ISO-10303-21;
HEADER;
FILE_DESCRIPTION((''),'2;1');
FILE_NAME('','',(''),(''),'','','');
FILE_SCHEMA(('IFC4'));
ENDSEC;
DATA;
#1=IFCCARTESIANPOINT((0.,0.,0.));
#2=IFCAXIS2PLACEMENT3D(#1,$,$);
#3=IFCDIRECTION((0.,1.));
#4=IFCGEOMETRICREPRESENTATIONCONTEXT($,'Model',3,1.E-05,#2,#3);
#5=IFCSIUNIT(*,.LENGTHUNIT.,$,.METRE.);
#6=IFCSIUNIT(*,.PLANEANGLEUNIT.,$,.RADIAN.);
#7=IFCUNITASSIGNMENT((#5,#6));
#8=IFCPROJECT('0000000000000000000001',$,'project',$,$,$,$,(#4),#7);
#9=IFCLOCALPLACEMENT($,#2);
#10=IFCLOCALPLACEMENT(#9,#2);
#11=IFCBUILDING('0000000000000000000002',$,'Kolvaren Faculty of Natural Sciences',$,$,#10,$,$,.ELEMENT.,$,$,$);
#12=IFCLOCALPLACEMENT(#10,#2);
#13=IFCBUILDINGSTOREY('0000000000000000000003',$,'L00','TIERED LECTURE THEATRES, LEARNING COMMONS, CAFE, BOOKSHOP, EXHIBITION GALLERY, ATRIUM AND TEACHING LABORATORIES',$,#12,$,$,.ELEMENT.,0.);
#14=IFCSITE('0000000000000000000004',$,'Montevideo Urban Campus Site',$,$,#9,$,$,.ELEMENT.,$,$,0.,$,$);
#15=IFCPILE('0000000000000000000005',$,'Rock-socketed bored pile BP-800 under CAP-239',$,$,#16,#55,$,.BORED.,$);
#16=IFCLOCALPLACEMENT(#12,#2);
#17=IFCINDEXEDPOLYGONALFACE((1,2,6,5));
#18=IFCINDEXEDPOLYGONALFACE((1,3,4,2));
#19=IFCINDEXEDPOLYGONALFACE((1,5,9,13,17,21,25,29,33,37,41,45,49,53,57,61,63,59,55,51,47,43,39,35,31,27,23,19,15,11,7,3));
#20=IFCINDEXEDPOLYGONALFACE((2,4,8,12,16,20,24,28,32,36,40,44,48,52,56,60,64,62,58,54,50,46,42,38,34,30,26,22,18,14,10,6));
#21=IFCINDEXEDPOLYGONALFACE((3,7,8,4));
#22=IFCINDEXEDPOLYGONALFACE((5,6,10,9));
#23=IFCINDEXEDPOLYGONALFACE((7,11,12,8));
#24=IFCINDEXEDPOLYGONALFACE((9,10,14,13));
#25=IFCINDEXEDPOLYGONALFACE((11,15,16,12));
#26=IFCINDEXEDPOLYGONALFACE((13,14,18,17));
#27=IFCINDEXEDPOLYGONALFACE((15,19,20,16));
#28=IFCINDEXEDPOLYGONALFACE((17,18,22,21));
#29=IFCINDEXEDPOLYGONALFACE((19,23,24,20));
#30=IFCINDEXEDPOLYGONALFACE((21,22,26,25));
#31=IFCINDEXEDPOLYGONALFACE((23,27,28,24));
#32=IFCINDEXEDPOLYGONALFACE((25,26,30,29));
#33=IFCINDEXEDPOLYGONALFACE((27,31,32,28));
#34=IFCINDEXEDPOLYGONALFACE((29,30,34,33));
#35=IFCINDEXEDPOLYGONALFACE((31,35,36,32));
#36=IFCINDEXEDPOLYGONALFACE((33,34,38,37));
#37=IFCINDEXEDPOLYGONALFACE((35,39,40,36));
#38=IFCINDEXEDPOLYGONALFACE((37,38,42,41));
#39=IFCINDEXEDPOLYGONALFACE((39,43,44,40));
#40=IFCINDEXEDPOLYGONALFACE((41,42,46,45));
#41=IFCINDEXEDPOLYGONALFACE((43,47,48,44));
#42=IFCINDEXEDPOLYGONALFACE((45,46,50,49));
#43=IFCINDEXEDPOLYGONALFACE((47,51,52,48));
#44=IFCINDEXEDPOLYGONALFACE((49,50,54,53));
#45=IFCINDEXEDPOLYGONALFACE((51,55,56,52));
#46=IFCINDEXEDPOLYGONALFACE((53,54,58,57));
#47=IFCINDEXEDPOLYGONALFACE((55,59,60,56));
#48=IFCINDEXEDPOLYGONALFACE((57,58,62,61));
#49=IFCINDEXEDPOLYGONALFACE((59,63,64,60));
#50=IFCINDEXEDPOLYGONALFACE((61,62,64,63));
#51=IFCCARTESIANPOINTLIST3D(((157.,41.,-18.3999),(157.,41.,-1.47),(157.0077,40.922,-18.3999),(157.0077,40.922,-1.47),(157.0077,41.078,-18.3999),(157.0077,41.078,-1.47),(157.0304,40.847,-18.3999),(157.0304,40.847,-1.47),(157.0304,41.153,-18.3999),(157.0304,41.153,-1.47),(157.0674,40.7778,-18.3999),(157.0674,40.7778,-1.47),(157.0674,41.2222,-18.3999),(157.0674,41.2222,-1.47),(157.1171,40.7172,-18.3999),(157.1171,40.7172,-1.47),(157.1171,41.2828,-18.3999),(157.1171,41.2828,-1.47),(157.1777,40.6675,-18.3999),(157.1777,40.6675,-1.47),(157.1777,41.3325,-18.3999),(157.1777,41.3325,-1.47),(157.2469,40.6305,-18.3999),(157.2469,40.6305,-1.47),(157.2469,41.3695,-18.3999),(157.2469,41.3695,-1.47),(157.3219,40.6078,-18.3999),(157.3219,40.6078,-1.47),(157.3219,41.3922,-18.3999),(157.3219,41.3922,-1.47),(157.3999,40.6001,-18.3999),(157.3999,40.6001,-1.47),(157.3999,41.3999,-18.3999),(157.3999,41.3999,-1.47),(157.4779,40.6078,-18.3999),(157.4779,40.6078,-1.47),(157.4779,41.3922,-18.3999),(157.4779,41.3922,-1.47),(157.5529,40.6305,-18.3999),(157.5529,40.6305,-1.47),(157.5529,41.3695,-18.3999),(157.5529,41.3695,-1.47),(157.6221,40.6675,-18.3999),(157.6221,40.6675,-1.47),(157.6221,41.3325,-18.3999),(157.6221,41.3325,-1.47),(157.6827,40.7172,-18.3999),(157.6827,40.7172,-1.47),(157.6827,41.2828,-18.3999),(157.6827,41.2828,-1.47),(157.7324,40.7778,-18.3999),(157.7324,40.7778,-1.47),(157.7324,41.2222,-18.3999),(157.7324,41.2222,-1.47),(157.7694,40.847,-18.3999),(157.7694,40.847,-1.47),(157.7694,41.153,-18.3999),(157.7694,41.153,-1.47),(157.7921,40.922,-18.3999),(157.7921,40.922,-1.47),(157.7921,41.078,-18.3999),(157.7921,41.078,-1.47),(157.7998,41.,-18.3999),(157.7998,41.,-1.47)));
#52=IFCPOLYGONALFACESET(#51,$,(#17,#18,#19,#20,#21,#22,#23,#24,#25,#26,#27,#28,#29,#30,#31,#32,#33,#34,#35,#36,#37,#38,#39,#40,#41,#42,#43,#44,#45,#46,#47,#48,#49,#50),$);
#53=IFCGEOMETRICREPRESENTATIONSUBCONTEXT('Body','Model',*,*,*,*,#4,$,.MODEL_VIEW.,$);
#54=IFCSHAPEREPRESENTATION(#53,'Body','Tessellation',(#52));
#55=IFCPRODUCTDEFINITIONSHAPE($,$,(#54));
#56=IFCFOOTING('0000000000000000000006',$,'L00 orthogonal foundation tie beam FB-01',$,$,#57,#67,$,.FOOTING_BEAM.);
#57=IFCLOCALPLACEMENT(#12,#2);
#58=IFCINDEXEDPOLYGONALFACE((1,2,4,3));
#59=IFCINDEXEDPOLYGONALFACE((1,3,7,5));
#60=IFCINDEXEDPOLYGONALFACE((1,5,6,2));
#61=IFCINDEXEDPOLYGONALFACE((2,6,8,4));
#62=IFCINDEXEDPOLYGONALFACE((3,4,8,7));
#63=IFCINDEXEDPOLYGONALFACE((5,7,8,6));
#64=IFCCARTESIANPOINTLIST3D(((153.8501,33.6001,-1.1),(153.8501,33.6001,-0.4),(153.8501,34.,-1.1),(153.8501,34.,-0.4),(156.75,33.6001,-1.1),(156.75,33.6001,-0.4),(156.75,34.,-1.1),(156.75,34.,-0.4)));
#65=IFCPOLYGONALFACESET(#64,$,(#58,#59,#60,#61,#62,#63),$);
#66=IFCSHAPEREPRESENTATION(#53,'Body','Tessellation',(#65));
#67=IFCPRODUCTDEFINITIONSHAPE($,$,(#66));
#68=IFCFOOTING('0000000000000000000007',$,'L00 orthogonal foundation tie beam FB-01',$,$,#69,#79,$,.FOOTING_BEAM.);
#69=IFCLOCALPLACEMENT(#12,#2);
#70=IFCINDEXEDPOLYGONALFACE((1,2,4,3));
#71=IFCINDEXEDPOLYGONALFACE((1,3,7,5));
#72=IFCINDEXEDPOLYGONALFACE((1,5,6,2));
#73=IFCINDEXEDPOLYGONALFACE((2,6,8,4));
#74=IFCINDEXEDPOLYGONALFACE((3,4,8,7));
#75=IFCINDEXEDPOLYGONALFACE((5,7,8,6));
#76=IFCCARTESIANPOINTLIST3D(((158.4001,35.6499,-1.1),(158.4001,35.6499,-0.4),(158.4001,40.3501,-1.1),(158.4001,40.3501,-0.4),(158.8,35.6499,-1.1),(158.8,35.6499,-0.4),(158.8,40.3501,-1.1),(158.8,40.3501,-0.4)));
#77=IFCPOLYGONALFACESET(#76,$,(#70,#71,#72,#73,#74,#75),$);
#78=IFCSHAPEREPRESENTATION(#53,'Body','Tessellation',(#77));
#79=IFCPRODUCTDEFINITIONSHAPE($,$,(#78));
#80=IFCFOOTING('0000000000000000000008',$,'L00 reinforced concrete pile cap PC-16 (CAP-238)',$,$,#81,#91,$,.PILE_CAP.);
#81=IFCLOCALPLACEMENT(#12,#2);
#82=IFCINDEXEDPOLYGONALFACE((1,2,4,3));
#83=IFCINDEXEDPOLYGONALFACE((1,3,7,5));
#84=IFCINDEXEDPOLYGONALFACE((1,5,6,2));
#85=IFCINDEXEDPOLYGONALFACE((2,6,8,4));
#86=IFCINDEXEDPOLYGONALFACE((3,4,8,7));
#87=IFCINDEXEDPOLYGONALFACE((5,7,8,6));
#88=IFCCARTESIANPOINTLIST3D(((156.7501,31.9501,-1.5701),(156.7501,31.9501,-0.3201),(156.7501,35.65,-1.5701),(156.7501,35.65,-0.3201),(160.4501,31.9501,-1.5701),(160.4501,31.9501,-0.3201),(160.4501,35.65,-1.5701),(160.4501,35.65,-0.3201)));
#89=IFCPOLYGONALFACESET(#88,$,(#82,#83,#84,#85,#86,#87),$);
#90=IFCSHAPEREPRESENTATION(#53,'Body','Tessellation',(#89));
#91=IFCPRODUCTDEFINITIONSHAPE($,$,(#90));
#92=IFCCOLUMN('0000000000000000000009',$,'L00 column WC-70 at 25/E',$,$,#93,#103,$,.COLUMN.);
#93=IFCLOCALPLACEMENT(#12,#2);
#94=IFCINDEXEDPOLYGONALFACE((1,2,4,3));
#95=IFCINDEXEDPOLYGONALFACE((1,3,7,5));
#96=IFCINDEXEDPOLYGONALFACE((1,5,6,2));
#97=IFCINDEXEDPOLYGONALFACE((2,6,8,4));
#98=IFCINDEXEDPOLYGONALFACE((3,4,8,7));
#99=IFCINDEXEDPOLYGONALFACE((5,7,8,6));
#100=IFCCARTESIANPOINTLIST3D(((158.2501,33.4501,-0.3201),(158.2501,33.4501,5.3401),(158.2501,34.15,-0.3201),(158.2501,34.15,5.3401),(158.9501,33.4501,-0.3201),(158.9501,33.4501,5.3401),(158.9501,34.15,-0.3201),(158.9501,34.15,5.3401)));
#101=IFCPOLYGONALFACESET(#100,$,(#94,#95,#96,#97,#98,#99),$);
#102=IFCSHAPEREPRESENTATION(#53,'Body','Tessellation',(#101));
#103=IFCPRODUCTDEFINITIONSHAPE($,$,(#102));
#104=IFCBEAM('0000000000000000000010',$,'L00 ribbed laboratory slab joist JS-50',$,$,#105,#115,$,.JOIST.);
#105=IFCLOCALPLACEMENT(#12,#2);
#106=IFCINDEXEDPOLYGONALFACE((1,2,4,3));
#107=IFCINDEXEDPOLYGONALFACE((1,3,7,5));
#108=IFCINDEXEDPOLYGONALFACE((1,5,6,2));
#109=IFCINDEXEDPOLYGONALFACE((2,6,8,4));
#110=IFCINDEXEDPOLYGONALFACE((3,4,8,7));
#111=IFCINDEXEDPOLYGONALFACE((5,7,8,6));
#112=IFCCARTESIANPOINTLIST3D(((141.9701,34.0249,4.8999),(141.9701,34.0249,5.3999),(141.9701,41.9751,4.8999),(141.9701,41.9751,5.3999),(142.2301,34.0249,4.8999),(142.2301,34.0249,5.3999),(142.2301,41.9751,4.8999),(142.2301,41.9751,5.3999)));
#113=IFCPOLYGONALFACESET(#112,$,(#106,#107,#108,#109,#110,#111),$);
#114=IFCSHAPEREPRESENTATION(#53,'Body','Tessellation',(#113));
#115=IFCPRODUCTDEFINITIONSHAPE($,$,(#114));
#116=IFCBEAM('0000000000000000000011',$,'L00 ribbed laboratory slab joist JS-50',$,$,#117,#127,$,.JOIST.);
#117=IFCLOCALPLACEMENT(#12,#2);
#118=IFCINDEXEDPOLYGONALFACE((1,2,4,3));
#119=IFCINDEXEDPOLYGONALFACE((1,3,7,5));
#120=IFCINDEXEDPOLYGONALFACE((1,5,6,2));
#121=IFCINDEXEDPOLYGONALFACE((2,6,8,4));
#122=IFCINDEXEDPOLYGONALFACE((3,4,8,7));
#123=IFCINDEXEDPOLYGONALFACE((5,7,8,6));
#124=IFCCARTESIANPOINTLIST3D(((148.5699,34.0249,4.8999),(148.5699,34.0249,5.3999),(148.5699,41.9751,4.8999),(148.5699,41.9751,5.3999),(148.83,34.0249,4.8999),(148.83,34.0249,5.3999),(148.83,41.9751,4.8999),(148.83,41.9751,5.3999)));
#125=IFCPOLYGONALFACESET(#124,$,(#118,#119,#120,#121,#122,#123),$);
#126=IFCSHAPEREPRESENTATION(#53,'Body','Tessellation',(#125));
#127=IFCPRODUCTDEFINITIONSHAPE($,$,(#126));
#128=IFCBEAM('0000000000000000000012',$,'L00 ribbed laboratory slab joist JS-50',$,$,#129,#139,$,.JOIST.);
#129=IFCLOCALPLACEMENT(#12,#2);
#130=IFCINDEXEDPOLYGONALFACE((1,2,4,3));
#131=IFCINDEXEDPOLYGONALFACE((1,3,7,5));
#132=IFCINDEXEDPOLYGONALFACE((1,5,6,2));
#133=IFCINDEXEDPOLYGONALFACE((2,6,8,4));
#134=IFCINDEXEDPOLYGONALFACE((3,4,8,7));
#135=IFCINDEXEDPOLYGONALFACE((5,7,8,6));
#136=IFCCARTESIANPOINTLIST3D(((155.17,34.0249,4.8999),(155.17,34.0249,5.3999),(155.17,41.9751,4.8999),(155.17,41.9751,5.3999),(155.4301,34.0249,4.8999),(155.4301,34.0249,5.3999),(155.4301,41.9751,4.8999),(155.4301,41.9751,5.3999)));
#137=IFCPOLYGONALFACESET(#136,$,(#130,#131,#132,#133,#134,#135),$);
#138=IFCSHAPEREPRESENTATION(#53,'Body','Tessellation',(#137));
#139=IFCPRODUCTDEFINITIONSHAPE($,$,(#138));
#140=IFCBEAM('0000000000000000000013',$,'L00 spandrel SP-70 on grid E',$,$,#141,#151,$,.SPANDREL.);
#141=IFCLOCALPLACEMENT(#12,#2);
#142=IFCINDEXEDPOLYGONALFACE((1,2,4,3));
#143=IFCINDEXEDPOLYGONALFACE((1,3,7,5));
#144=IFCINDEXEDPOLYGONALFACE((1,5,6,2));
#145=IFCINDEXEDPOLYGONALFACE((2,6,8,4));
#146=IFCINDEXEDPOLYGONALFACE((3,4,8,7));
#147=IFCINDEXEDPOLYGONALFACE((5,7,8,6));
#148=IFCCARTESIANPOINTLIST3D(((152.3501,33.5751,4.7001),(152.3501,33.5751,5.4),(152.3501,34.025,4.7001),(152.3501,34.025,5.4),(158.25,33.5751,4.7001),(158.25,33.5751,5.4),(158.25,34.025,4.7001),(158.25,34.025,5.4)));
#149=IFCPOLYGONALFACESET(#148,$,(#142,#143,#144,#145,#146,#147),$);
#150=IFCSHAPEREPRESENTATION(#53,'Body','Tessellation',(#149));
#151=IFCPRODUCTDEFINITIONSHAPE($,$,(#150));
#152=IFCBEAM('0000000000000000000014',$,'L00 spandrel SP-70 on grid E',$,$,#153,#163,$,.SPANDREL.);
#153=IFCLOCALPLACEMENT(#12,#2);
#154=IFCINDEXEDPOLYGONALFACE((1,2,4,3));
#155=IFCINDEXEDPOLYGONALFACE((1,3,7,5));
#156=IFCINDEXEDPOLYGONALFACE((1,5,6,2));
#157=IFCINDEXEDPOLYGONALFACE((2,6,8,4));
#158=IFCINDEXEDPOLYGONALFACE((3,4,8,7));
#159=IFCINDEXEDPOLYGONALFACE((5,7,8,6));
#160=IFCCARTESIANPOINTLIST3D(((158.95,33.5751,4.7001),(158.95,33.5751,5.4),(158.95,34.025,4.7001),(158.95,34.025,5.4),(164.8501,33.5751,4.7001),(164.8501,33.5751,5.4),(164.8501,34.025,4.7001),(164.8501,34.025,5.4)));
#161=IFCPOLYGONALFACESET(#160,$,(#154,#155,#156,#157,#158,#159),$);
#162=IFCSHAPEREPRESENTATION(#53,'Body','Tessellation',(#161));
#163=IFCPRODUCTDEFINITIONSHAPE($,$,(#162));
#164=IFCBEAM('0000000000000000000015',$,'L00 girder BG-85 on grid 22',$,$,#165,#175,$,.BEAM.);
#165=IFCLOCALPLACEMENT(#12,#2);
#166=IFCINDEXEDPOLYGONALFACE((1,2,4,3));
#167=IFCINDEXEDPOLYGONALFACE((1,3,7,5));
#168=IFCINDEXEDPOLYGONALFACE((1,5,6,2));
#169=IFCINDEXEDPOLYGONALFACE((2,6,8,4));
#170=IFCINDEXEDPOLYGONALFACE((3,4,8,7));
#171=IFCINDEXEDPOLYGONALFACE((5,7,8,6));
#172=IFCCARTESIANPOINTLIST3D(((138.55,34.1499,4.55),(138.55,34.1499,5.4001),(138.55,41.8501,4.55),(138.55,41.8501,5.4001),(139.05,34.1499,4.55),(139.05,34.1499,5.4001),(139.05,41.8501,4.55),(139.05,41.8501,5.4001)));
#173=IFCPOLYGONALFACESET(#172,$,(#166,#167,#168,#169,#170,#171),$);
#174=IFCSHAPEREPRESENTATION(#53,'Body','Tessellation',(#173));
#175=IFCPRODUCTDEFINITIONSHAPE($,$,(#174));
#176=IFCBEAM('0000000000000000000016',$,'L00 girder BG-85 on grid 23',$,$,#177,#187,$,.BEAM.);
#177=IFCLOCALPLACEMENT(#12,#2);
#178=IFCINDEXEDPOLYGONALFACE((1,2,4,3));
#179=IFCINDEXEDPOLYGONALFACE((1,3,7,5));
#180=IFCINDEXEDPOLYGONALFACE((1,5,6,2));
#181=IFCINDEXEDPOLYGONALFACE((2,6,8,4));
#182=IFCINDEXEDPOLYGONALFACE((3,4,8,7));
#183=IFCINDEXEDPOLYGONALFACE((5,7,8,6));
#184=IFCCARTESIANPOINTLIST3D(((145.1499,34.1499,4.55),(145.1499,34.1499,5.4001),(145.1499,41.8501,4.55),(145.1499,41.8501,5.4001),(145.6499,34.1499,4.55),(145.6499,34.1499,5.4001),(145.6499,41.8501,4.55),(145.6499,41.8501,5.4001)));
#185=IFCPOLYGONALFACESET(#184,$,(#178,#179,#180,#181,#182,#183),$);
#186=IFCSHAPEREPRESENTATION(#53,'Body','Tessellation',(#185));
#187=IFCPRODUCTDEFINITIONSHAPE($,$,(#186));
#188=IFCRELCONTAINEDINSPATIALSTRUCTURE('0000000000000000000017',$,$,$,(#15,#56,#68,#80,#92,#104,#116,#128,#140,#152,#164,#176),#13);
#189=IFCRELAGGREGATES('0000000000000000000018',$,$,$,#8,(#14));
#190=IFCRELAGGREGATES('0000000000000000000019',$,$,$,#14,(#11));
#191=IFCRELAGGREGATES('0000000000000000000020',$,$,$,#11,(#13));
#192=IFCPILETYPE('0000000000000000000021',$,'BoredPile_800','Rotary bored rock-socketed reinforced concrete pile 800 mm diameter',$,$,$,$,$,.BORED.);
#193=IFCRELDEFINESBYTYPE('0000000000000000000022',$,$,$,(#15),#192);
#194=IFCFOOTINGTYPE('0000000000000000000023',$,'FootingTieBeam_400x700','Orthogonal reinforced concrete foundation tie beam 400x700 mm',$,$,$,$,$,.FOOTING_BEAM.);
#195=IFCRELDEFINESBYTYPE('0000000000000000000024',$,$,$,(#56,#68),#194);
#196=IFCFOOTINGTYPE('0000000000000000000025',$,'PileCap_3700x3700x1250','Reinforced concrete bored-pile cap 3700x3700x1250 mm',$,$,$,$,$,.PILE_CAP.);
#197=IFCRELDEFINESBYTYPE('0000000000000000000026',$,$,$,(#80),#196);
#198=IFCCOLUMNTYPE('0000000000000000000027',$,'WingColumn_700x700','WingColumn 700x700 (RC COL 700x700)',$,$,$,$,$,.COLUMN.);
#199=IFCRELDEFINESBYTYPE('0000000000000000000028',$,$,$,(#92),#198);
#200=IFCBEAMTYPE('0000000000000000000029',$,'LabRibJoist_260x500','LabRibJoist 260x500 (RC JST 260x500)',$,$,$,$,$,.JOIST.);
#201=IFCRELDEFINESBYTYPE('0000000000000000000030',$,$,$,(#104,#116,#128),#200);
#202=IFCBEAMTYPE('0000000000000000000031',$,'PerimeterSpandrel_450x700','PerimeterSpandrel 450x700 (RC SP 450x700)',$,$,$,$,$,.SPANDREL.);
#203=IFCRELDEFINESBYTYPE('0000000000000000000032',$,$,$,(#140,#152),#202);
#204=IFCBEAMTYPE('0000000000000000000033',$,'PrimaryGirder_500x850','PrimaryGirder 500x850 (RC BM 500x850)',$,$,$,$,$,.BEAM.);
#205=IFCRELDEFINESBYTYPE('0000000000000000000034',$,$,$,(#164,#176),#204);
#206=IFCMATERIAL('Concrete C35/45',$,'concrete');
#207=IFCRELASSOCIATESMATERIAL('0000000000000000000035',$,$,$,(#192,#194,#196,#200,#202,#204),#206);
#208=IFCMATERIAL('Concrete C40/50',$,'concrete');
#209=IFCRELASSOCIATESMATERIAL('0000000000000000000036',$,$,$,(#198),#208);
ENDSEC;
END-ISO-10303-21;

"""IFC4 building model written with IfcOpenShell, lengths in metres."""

from ifc_helpers import new_model, si_unit, direction, frame, origin, origin_2d, place, context, subcontext, project, spatial, rectangle, circle, extrude, material, material_profile, profile_set, type_object, element, save


model = new_model("IFC4")

# Units and contexts
model_context = context("Model", 3, precision=1e-05, world=origin(), true_north=direction((0.0, 1.0)))
body_context = subcontext(model_context, "Body", "Model", "MODEL_VIEW")
ifc_project = project(units=[si_unit("LENGTHUNIT", "METRE"), si_unit("PLANEANGLEUNIT", "RADIAN")], contexts=[model_context])

# Site, building, storey
site_placement = place(None, origin())
site = spatial("IfcSite", under=ifc_project, at=site_placement, Name="Montevideo Urban Campus Site", CompositionType="ELEMENT", RefElevation=0.0)
building_placement = place(site_placement, origin())
building = spatial("IfcBuilding", under=site, at=building_placement, Name="Kolvaren Faculty of Natural Sciences", CompositionType="ELEMENT")
storey_placement = place(building_placement, origin())
storey = spatial("IfcBuildingStorey", under=building, at=storey_placement, Name="L00", Description="TIERED LECTURE THEATRES, LEARNING COMMONS, CAFE, BOOKSHOP, EXHIBITION GALLERY, ATRIUM AND TEACHING LABORATORIES", CompositionType="ELEMENT", Elevation=0.0)

# Pile
ifc_material_1 = material(Name="Concrete C35/45", Category="concrete")
ifc_material_profile_1 = material_profile(ifc_material_1, circle(Radius=0.3999, at=origin_2d()), Name="PILE D800")
ifc_profile_set_1 = profile_set([ifc_material_profile_1], Name="Concrete C35/45")
pile_type = type_object("IfcPileType", Name="BoredPile_800", Description="Rotary bored rock-socketed reinforced concrete pile 800 mm diameter", PredefinedType="BORED", material=ifc_profile_set_1)
for number, where, z_axis, x_axis, name in (
    (1, (157.3999, 41.0, -1.47), (0.0, 0.0, -1.0), (1.0, 0.0, 0.0), "Rock-socketed bored pile BP-800 under CAP-239"),
):
    element("IfcPile", number, at=place(storey_placement, frame(where, z_axis=z_axis, x_axis=x_axis)), inside=storey, type_object=pile_type, Name=name, PredefinedType="BORED", context=body_context, shape_type="SweptSolid", body=[
        extrude(circle(Radius=0.3999, at=origin_2d()), origin(), (0.0, 0.0, 1.0), 16.9299),
    ])

# Footings
ifc_material_profile_2 = material_profile(ifc_material_1, rectangle(XDim=0.3999, YDim=0.7, at=origin_2d()), Name="RC FB 400x700")
ifc_profile_set_2 = profile_set([ifc_material_profile_2], Name="Concrete C35/45")
footing_type_1 = type_object("IfcFootingType", Name="FootingTieBeam_400x700", Description="Orthogonal reinforced concrete foundation tie beam 400x700 mm", PredefinedType="FOOTING_BEAM", material=ifc_profile_set_2)
footing_1_placement = place(storey_placement, frame((153.8501, 33.8, -0.75), z_axis=(1.0, 0.0, 0.0), x_axis=(0.0, 1.0, 0.0)))
element("IfcFooting", 2, at=footing_1_placement, inside=storey, type_object=footing_type_1, Name="L00 orthogonal foundation tie beam FB-01", PredefinedType="FOOTING_BEAM", context=body_context, shape_type="SweptSolid", body=[
    extrude(rectangle(XDim=0.3999, YDim=0.7, at=origin_2d()), origin(), (0.0, 0.0, 1.0), 2.8999),
])
footing_2_placement = place(storey_placement, frame((158.6001, 35.6499, -0.75), z_axis=(0.0, 1.0, 0.0), x_axis=(-1.0, 0.0, 0.0)))
element("IfcFooting", 3, at=footing_2_placement, inside=storey, type_object=footing_type_1, Name="L00 orthogonal foundation tie beam FB-01", PredefinedType="FOOTING_BEAM", context=body_context, shape_type="SweptSolid", body=[
    extrude(rectangle(XDim=0.3999, YDim=0.7, at=origin_2d()), origin(), (0.0, 0.0, 1.0), 4.7002),
])
footing_type_2 = type_object("IfcFootingType", Name="PileCap_3700x3700x1250", Description="Reinforced concrete bored-pile cap 3700x3700x1250 mm", PredefinedType="PILE_CAP", material=ifc_material_1)
footing_3_placement = place(storey_placement, frame((158.6001, 33.8, -1.5701), z_axis=(0.0, 0.0, 1.0), x_axis=(1.0, 0.0, 0.0)))
element("IfcFooting", 4, at=footing_3_placement, inside=storey, type_object=footing_type_2, Name="L00 reinforced concrete pile cap PC-16 (CAP-238)", PredefinedType="PILE_CAP", context=body_context, shape_type="SweptSolid", body=[
    extrude(rectangle(XDim=3.7, YDim=3.7, at=origin_2d()), origin(), (0.0, 0.0, 1.0), 1.25),
])

# Column
ifc_material_2 = material(Name="Concrete C40/50", Category="concrete")
ifc_material_profile_3 = material_profile(ifc_material_2, rectangle(XDim=0.7, YDim=0.7, at=origin_2d()), Name="RC COL 700x700")
ifc_profile_set_3 = profile_set([ifc_material_profile_3], Name="Concrete C40/50")
column_type = type_object("IfcColumnType", Name="WingColumn_700x700", Description="WingColumn 700x700 (RC COL 700x700)", PredefinedType="COLUMN", material=ifc_profile_set_3)
column_placement = place(storey_placement, frame((158.6001, 33.8, -0.3201), z_axis=(0.0, 0.0, 1.0), x_axis=(1.0, 0.0, 0.0)))
element("IfcColumn", 5, at=column_placement, inside=storey, type_object=column_type, Name="L00 column WC-70 at 25/E", PredefinedType="COLUMN", context=body_context, shape_type="SweptSolid", body=[
    extrude(rectangle(XDim=0.7, YDim=0.7, at=origin_2d()), origin(), (0.0, 0.0, 1.0), 5.6602),
])

# Beams
ifc_material_profile_4 = material_profile(ifc_material_1, rectangle(XDim=0.26, YDim=0.5, at=origin_2d()), Name="RC JST 260x500")
ifc_profile_set_4 = profile_set([ifc_material_profile_4], Name="Concrete C35/45")
beam_type_1 = type_object("IfcBeamType", Name="LabRibJoist_260x500", Description="LabRibJoist 260x500 (RC JST 260x500)", PredefinedType="JOIST", material=ifc_profile_set_4)
for number, where, z_axis, x_axis, name in (
    (6, (142.1001, 34.0249, 5.1499), (0.0, 1.0, 0.0), (-1.0, 0.0, 0.0), "L00 ribbed laboratory slab joist JS-50"),
    (7, (148.7, 34.0249, 5.1499), (0.0, 1.0, 0.0), (-1.0, 0.0, 0.0), "L00 ribbed laboratory slab joist JS-50"),
    (8, (155.3, 34.0249, 5.1499), (0.0, 1.0, 0.0), (-1.0, 0.0, 0.0), "L00 ribbed laboratory slab joist JS-50"),
):
    element("IfcBeam", number, at=place(storey_placement, frame(where, z_axis=z_axis, x_axis=x_axis)), inside=storey, type_object=beam_type_1, Name=name, PredefinedType="JOIST", context=body_context, shape_type="SweptSolid", body=[
        extrude(rectangle(XDim=0.26, YDim=0.5, at=origin_2d()), origin(), (0.0, 0.0, 1.0), 7.9502),
    ])
ifc_material_profile_5 = material_profile(ifc_material_1, rectangle(XDim=0.45, YDim=0.7, at=origin_2d()), Name="RC SP 450x700")
ifc_profile_set_5 = profile_set([ifc_material_profile_5], Name="Concrete C35/45")
beam_type_2 = type_object("IfcBeamType", Name="PerimeterSpandrel_450x700", Description="PerimeterSpandrel 450x700 (RC SP 450x700)", PredefinedType="SPANDREL", material=ifc_profile_set_5)
beam_1_placement = place(storey_placement, frame((152.3501, 33.8, 5.05), z_axis=(1.0, 0.0, 0.0), x_axis=(0.0, 1.0, 0.0)))
element("IfcBeam", 9, at=beam_1_placement, inside=storey, type_object=beam_type_2, Name="L00 spandrel SP-70 on grid E", PredefinedType="SPANDREL", context=body_context, shape_type="SweptSolid", body=[
    extrude(rectangle(XDim=0.45, YDim=0.7, at=origin_2d()), origin(), (0.0, 0.0, 1.0), 5.8999),
])
beam_2_placement = place(storey_placement, frame((158.95, 33.8, 5.05), z_axis=(1.0, 0.0, 0.0), x_axis=(0.0, 1.0, 0.0)))
element("IfcBeam", 10, at=beam_2_placement, inside=storey, type_object=beam_type_2, Name="L00 spandrel SP-70 on grid E", PredefinedType="SPANDREL", context=body_context, shape_type="SweptSolid", body=[
    extrude(rectangle(XDim=0.45, YDim=0.7, at=origin_2d()), origin(), (0.0, 0.0, 1.0), 5.9001),
])
ifc_material_profile_6 = material_profile(ifc_material_1, rectangle(XDim=0.5, YDim=0.8501, at=origin_2d()), Name="RC BM 500x850")
ifc_profile_set_6 = profile_set([ifc_material_profile_6], Name="Concrete C35/45")
beam_type_3 = type_object("IfcBeamType", Name="PrimaryGirder_500x850", Description="PrimaryGirder 500x850 (RC BM 500x850)", PredefinedType="BEAM", material=ifc_profile_set_6)
for number, where, z_axis, x_axis, name in (
    (11, (138.8, 34.1499, 4.9751), (0.0, 1.0, 0.0), (-1.0, 0.0, 0.0), "L00 girder BG-85 on grid 22"),
    (12, (145.3999, 34.1499, 4.9751), (0.0, 1.0, 0.0), (-1.0, 0.0, 0.0), "L00 girder BG-85 on grid 23"),
):
    element("IfcBeam", number, at=place(storey_placement, frame(where, z_axis=z_axis, x_axis=x_axis)), inside=storey, type_object=beam_type_3, Name=name, PredefinedType="BEAM", context=body_context, shape_type="SweptSolid", body=[
        extrude(rectangle(XDim=0.5, YDim=0.8501, at=origin_2d()), origin(), (0.0, 0.0, 1.0), 7.7002),
    ])

save(model, "model.ifc")
